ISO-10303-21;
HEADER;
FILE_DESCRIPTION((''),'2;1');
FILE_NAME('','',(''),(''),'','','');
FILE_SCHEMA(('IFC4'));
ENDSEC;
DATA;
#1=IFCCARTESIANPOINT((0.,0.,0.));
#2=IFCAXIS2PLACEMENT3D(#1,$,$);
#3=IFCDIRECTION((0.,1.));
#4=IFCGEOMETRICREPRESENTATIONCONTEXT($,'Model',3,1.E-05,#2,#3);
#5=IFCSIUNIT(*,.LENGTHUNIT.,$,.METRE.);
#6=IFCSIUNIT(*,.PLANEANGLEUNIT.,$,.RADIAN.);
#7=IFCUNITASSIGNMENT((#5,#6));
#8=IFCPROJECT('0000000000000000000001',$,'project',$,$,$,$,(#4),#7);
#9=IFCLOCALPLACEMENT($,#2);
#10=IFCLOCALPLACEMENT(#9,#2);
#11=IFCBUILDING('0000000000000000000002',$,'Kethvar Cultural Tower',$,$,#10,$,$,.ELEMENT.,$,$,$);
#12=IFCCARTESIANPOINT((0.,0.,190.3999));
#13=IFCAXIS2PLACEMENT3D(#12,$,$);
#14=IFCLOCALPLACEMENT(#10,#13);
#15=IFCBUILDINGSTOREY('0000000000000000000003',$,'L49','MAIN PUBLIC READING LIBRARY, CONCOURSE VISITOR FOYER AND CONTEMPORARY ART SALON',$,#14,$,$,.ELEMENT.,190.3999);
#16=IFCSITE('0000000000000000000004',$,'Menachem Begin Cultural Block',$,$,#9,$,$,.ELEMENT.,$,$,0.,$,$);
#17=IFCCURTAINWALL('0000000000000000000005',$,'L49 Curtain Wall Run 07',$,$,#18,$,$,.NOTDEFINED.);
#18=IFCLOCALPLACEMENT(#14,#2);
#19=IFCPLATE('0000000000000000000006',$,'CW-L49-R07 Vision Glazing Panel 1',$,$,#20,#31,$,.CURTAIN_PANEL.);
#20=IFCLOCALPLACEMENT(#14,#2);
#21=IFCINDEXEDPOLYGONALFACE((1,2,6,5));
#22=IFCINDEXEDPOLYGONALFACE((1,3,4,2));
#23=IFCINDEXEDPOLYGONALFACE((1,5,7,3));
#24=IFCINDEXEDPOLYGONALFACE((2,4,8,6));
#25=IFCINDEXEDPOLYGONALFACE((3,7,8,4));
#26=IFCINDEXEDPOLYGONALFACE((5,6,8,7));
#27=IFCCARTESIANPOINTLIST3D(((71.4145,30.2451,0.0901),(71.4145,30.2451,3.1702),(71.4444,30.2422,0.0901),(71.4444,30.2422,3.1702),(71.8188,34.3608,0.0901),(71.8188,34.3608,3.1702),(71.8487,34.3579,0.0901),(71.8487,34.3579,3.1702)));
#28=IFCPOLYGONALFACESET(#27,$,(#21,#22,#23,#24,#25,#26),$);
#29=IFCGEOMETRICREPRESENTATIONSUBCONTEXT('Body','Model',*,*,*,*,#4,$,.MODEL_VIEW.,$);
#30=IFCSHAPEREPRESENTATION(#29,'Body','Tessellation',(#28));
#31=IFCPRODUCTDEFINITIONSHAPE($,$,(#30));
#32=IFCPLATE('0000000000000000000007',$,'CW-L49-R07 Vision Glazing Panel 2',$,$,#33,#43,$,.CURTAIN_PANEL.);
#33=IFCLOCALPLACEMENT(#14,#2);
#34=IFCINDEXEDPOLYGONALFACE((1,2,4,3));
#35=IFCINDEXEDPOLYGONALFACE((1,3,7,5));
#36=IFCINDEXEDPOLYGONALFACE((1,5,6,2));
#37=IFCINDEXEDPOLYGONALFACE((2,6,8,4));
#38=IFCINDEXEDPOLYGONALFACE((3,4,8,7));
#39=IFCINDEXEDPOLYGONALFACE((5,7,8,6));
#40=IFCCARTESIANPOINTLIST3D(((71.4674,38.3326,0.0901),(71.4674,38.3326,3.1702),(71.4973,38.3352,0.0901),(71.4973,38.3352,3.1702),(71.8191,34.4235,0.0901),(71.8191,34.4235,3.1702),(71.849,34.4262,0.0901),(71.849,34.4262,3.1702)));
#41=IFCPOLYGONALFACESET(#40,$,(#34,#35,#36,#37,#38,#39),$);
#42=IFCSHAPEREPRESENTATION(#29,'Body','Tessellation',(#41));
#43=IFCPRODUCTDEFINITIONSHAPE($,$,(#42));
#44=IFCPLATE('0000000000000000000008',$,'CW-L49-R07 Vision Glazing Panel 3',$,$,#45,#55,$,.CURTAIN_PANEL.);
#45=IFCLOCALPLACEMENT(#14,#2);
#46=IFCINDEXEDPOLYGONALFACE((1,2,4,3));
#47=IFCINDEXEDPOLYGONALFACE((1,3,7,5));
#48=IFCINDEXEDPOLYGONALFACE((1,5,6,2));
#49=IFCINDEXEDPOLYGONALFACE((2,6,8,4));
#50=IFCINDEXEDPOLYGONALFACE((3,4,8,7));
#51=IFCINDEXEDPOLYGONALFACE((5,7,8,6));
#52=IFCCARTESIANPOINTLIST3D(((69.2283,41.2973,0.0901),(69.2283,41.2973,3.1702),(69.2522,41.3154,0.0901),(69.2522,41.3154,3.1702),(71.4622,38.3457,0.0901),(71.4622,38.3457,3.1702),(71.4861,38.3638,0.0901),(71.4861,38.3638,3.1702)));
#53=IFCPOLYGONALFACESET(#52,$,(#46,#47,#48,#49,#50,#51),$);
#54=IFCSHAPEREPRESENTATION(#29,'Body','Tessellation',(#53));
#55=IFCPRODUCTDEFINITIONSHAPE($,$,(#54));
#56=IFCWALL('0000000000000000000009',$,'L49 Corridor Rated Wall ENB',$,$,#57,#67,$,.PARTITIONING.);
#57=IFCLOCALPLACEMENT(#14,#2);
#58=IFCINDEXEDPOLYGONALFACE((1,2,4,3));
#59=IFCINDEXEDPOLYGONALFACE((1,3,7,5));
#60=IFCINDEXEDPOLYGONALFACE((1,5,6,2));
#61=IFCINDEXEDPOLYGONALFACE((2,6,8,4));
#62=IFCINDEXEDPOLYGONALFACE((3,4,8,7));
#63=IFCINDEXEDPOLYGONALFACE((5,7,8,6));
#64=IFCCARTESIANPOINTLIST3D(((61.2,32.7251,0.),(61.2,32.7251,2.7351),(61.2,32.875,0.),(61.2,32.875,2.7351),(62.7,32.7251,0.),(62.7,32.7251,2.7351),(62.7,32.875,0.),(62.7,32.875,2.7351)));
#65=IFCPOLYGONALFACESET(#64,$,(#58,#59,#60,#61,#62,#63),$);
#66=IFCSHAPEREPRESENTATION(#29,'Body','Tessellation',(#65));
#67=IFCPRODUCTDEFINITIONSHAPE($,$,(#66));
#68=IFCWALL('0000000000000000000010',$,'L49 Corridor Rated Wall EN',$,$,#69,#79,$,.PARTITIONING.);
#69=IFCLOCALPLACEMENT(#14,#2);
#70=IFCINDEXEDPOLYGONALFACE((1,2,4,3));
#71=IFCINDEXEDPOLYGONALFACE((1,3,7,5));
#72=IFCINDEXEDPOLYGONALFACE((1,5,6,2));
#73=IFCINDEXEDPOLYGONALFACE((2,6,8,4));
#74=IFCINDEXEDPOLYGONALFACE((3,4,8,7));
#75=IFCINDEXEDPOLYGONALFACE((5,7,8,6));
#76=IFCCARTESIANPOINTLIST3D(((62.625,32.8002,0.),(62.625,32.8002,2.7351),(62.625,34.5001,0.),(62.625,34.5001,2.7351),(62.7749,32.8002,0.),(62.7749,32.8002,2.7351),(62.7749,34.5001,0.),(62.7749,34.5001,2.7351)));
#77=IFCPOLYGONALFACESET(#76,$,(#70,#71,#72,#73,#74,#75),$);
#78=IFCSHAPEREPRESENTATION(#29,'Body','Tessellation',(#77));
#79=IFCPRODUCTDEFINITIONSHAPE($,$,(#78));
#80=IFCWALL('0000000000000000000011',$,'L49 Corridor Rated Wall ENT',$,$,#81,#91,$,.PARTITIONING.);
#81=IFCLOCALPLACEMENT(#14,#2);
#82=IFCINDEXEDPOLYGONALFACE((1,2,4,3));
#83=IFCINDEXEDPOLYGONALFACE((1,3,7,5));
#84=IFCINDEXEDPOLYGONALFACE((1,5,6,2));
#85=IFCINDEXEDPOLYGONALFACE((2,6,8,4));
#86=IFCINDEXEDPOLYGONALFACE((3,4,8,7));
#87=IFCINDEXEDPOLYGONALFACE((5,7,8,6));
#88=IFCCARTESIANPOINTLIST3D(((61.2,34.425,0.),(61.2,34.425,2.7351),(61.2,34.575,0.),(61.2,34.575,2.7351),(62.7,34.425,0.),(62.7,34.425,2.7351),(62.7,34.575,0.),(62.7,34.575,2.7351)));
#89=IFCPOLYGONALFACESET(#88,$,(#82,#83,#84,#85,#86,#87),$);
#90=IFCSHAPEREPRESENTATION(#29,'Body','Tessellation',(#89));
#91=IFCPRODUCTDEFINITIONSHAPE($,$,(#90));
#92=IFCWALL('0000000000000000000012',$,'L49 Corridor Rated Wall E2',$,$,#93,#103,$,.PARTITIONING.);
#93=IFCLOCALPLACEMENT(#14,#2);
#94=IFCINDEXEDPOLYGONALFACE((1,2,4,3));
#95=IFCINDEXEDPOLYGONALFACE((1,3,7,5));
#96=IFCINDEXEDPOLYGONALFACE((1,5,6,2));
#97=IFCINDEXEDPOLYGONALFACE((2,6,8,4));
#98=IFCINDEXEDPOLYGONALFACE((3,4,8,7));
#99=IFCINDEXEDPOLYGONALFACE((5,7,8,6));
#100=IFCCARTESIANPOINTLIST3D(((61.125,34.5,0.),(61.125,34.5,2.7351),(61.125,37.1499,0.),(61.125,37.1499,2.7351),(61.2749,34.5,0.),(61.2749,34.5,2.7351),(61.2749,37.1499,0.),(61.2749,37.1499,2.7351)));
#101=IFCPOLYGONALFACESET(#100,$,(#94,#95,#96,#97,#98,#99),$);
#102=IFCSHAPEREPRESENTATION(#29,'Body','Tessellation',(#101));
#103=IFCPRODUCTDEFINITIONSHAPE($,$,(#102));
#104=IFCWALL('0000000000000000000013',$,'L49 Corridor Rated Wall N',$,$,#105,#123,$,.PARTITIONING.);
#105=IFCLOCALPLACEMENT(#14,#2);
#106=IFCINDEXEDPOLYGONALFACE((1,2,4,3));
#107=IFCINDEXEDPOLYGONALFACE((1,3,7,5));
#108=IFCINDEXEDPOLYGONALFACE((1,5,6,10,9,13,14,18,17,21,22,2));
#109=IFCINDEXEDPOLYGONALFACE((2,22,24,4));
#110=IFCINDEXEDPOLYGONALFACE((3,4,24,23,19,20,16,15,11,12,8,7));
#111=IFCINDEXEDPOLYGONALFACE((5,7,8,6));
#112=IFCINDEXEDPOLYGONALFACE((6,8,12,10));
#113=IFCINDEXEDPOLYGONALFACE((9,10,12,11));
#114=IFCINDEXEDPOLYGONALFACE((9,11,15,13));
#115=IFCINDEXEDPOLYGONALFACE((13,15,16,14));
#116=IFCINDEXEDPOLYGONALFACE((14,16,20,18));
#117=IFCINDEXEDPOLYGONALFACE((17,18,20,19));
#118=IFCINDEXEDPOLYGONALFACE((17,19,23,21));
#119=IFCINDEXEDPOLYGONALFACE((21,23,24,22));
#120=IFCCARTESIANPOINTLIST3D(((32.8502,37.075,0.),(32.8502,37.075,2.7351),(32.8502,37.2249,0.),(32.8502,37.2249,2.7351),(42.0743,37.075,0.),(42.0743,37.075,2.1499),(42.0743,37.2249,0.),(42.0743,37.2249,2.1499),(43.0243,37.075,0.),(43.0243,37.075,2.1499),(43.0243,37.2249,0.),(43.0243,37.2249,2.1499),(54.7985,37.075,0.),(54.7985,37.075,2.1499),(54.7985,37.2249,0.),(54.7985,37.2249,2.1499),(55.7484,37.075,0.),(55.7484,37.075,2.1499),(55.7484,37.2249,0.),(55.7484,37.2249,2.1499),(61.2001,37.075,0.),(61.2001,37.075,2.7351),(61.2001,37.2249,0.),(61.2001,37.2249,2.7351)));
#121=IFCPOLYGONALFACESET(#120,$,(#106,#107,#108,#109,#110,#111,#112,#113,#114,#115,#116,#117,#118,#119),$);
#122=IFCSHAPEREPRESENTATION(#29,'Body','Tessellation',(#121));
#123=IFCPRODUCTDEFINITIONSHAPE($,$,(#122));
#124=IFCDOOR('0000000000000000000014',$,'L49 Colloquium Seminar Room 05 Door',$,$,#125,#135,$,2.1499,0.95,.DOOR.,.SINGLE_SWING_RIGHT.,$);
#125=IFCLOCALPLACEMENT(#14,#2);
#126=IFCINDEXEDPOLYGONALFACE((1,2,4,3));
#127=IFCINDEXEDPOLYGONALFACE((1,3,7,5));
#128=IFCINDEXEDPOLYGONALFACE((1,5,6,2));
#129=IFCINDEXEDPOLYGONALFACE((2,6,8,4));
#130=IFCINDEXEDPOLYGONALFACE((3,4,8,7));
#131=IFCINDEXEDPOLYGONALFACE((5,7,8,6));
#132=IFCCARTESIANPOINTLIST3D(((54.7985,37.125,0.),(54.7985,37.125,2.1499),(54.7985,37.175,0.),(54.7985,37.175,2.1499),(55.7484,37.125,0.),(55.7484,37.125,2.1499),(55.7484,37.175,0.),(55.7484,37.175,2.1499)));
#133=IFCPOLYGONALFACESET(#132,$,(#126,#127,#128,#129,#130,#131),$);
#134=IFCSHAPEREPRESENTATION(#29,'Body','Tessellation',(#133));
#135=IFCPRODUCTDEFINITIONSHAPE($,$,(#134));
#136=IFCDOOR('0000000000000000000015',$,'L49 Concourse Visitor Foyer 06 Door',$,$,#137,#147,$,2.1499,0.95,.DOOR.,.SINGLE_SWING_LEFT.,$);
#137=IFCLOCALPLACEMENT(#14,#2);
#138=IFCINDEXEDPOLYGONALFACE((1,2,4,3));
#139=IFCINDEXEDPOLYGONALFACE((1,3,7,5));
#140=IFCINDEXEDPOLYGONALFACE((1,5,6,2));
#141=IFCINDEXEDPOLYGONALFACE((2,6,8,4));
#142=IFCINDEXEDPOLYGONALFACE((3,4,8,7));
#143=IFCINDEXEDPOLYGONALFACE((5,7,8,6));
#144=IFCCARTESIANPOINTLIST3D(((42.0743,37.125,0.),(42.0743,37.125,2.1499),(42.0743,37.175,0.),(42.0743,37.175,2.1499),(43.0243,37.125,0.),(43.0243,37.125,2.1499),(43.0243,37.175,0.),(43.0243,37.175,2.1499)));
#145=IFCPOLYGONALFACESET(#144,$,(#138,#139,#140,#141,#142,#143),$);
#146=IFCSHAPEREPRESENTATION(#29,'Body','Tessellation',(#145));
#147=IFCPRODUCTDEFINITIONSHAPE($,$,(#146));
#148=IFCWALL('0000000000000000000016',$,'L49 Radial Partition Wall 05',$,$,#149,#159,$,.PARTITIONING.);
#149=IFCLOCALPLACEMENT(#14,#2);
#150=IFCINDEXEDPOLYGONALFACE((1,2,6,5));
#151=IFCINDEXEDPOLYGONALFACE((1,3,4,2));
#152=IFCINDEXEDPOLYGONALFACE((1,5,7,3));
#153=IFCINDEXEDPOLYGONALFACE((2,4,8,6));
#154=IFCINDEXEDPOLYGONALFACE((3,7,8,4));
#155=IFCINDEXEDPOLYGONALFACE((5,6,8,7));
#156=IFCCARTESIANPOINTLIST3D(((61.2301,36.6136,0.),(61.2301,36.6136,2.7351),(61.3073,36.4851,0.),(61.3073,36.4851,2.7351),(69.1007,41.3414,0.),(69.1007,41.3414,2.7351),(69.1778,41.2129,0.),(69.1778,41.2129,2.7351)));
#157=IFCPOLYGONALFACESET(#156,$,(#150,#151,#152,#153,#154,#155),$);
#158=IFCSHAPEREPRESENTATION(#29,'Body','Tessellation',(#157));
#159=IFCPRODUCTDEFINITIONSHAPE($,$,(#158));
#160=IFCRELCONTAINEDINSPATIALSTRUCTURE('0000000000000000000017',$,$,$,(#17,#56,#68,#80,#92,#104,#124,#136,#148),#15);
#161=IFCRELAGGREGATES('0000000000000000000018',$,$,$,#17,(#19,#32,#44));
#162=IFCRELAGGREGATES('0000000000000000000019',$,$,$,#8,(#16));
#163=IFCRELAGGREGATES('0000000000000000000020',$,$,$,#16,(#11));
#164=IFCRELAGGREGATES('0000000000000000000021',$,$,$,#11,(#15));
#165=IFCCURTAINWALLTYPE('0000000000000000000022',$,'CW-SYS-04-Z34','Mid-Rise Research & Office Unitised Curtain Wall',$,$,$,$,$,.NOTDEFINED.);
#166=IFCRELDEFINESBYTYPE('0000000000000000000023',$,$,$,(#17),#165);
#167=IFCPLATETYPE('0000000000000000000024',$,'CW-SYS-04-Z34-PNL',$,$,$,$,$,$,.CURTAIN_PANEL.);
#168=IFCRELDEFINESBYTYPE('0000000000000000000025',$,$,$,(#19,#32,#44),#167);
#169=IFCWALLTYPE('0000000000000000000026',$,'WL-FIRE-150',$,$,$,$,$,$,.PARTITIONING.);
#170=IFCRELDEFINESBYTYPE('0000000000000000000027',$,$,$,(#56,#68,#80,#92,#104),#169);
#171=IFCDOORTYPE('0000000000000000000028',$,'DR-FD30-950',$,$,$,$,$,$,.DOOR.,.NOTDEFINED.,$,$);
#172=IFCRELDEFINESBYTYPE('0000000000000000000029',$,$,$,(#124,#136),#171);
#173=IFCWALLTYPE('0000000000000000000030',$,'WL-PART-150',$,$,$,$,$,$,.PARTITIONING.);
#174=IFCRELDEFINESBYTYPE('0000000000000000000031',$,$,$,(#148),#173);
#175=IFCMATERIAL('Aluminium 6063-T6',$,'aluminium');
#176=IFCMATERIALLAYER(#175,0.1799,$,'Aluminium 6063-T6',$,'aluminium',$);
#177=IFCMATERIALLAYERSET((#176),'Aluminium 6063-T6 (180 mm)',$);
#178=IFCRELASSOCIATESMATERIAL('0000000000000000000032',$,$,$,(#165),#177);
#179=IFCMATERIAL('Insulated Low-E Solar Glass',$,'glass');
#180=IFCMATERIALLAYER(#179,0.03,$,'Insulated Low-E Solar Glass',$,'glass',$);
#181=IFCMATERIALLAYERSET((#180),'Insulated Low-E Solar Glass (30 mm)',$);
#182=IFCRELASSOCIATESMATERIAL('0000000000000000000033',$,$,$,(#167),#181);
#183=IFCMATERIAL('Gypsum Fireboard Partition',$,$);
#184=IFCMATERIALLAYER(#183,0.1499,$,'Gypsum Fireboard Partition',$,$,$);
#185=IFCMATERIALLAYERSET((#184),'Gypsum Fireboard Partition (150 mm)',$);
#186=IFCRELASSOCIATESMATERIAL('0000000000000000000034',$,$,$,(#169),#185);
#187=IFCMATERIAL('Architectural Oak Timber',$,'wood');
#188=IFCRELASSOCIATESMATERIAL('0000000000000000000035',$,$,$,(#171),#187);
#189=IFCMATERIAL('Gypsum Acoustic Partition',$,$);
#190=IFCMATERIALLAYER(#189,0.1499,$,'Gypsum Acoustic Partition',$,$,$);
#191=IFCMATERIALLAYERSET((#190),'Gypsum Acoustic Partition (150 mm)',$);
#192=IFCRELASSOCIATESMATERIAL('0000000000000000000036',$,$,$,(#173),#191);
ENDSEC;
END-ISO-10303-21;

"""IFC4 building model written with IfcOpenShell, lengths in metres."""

from ifc_helpers import new_model, si_unit, direction, frame, frame_2d, origin, origin_2d, place, context, subcontext, project, spatial, rectangle, extrude, source, transform, mapped, material, layer, layer_set, type_object, element, fill, aggregate, save


model = new_model("IFC4")

# Units and contexts
model_context = context("Model", 3, precision=1e-05, world=origin(), true_north=direction((0.0, 1.0)))
body_context = subcontext(model_context, "Body", "Model", "MODEL_VIEW")
ifc_project = project(units=[si_unit("LENGTHUNIT", "METRE"), si_unit("PLANEANGLEUNIT", "RADIAN")], contexts=[model_context])

# Site, building, storey
site_placement = place(None, origin())
site = spatial("IfcSite", under=ifc_project, at=site_placement, Name="Menachem Begin Cultural Block", CompositionType="ELEMENT", RefElevation=0.0)
building_placement = place(site_placement, origin())
building = spatial("IfcBuilding", under=site, at=building_placement, Name="Kethvar Cultural Tower", CompositionType="ELEMENT")
storey_placement = place(building_placement, frame((0.0, 0.0, 190.3999)))
storey = spatial("IfcBuildingStorey", under=building, at=storey_placement, Name="L49", Description="MAIN PUBLIC READING LIBRARY, CONCOURSE VISITOR FOYER AND CONTEMPORARY ART SALON", CompositionType="ELEMENT", Elevation=190.3999)

# Shared definitions
ifc_material_1 = material(Name="Aluminium 6063-T6", Category="aluminium")
ifc_layer_1 = layer(ifc_material_1, 0.1799, Name="Aluminium 6063-T6", Category="aluminium")
ifc_layer_set_1 = layer_set([ifc_layer_1], Name="Aluminium 6063-T6 (180 mm)")
curtain_wall_type = type_object("IfcCurtainWallType", Name="CW-SYS-04-Z34", Description="Mid-Rise Research & Office Unitised Curtain Wall", PredefinedType="NOTDEFINED", material=ifc_layer_set_1)

# Curtain wall, plates
curtain_wall_1_placement = place(storey_placement, origin())
curtain_wall_1 = element("IfcCurtainWall", 1, at=curtain_wall_1_placement, inside=storey, type_object=curtain_wall_type, Name="L49 Curtain Wall Run 07", PredefinedType="NOTDEFINED")
ifc_material_2 = material(Name="Insulated Low-E Solar Glass", Category="glass")
ifc_layer_2 = layer(ifc_material_2, 0.03, Name="Insulated Low-E Solar Glass", Category="glass")
ifc_layer_set_2 = layer_set([ifc_layer_2], Name="Insulated Low-E Solar Glass (30 mm)")
plate_type = type_object("IfcPlateType", Name="CW-SYS-04-Z34-PNL", PredefinedType="CURTAIN_PANEL", material=ifc_layer_set_2)
shared_shape_1 = source(origin(), body_context, "Body", "SweptSolid", [
    extrude(rectangle(XDim=4.1355, YDim=0.03, at=origin_2d()), origin(), (0.0, 0.0, 1.0), 3.0801),
])
plate_1_placement = place(storey_placement, frame((71.6316, 32.3015, 0.0901), z_axis=(0.0, 0.0, 1.0), x_axis=(0.097757, 0.99521, 0.0)))
plate_1 = element("IfcPlate", 2, at=plate_1_placement, type_object=plate_type, Name="CW-L49-R07 Vision Glazing Panel 1", PredefinedType="CURTAIN_PANEL", context=body_context, shape_type="MappedRepresentation", body=[
    mapped(shared_shape_1, transform((0.0, 0.0, 0.0), scale=1.0)),
])
shared_shape_2 = source(origin(), body_context, "Body", "SweptSolid", [
    extrude(rectangle(XDim=3.9248, YDim=0.03, at=origin_2d()), origin(), (0.0, 0.0, 1.0), 3.0801),
])
plate_2_placement = place(storey_placement, frame((71.6582, 36.3794, 0.0901), z_axis=(0.0, 0.0, 1.0), x_axis=(-0.089607, 0.995977, 0.0)))
plate_2 = element("IfcPlate", 3, at=plate_2_placement, type_object=plate_type, Name="CW-L49-R07 Vision Glazing Panel 2", PredefinedType="CURTAIN_PANEL", context=body_context, shape_type="MappedRepresentation", body=[
    mapped(shared_shape_2, transform((0.0, 0.0, 0.0), scale=1.0)),
])
shared_shape_3 = source(origin(), body_context, "Body", "SweptSolid", [
    extrude(rectangle(XDim=3.7017, YDim=0.03, at=origin_2d()), origin(), (0.0, 0.0, 1.0), 3.0801),
])
plate_3_placement = place(storey_placement, frame((70.3572, 39.8306, 0.0901), z_axis=(0.0, 0.0, 1.0), x_axis=(-0.603486, 0.797373, 0.0)))
plate_3 = element("IfcPlate", 4, at=plate_3_placement, type_object=plate_type, Name="CW-L49-R07 Vision Glazing Panel 3", PredefinedType="CURTAIN_PANEL", context=body_context, shape_type="MappedRepresentation", body=[
    mapped(shared_shape_3, transform((0.0, 0.0, 0.0), scale=1.0)),
])
aggregate(curtain_wall_1, [plate_1, plate_2, plate_3])

# Walls
ifc_material_3 = material(Name="Gypsum Fireboard Partition")
ifc_layer_3 = layer(ifc_material_3, 0.1499, Name="Gypsum Fireboard Partition")
ifc_layer_set_3 = layer_set([ifc_layer_3], Name="Gypsum Fireboard Partition (150 mm)")
wall_type_1 = type_object("IfcWallType", Name="WL-FIRE-150", PredefinedType="PARTITIONING", material=ifc_layer_set_3)
wall_1_placement = place(storey_placement, frame((61.2, 32.8, 0.0), z_axis=(0.0, 0.0, 1.0), x_axis=(1.0, 0.0, 0.0)))
element("IfcWall", 5, at=wall_1_placement, inside=storey, type_object=wall_type_1, Name="L49 Corridor Rated Wall ENB", PredefinedType="PARTITIONING", context=body_context, shape_type="SweptSolid", body=[
    extrude(rectangle(XDim=1.5, YDim=0.1499, at=frame_2d((0.75, 0.0))), origin(), (0.0, 0.0, 1.0), 2.7351),
])
wall_2_placement = place(storey_placement, frame((62.7, 32.8, 0.0), z_axis=(0.0, 0.0, 1.0), x_axis=(0.0, 1.0, 0.0)))
element("IfcWall", 6, at=wall_2_placement, inside=storey, type_object=wall_type_1, Name="L49 Corridor Rated Wall EN", PredefinedType="PARTITIONING", context=body_context, shape_type="SweptSolid", body=[
    extrude(rectangle(XDim=1.7, YDim=0.1499, at=frame_2d((0.8501, 0.0))), origin(), (0.0, 0.0, 1.0), 2.7351),
])
wall_3_placement = place(storey_placement, frame((62.7, 34.5, 0.0), z_axis=(0.0, 0.0, 1.0), x_axis=(-1.0, 0.0, 0.0)))
element("IfcWall", 7, at=wall_3_placement, inside=storey, type_object=wall_type_1, Name="L49 Corridor Rated Wall ENT", PredefinedType="PARTITIONING", context=body_context, shape_type="SweptSolid", body=[
    extrude(rectangle(XDim=1.5, YDim=0.1499, at=frame_2d((0.75, 0.0))), origin(), (0.0, 0.0, 1.0), 2.7351),
])
wall_4_placement = place(storey_placement, frame((61.2, 34.5, 0.0), z_axis=(0.0, 0.0, 1.0), x_axis=(0.0, 1.0, 0.0)))
element("IfcWall", 8, at=wall_4_placement, inside=storey, type_object=wall_type_1, Name="L49 Corridor Rated Wall E2", PredefinedType="PARTITIONING", context=body_context, shape_type="SweptSolid", body=[
    extrude(rectangle(XDim=2.6499, YDim=0.1499, at=frame_2d((1.325, 0.0))), origin(), (0.0, 0.0, 1.0), 2.7351),
])

# Wall, openings, doors
wall_5_placement = place(storey_placement, frame((61.2, 37.1499, 0.0), z_axis=(0.0, 0.0, 1.0), x_axis=(-1.0, 0.0, 0.0)))
wall_5 = element("IfcWall", 9, at=wall_5_placement, inside=storey, type_object=wall_type_1, Name="L49 Corridor Rated Wall N", PredefinedType="PARTITIONING", context=body_context, shape_type="SweptSolid", body=[
    extrude(rectangle(XDim=28.3499, YDim=0.1499, at=frame_2d((14.1748, 0.0))), origin(), (0.0, 0.0, 1.0), 2.7351),
])
opening_1_placement = place(wall_5_placement, frame((5.4514, 0.0, 0.0)))
opening_1 = element("IfcOpeningElement", 10, at=opening_1_placement, cuts=wall_5, PredefinedType="OPENING", context=body_context, shape_type="SweptSolid", body=[
    extrude(rectangle(XDim=0.95, YDim=2.1499, at=frame_2d((0.4751, 1.075))), frame((0.0, 0.085, 0.0), z_axis=(0.0, -1.0, 0.0), x_axis=(1.0, 0.0, 0.0)), (0.0, 0.0, 1.0), 0.1699),
])
opening_2_placement = place(wall_5_placement, frame((18.1755, 0.0, 0.0)))
opening_2 = element("IfcOpeningElement", 11, at=opening_2_placement, cuts=wall_5, PredefinedType="OPENING", context=body_context, shape_type="SweptSolid", body=[
    extrude(rectangle(XDim=0.95, YDim=2.1499, at=frame_2d((0.4751, 1.075))), frame((0.0, 0.085, 0.0), z_axis=(0.0, -1.0, 0.0), x_axis=(1.0, 0.0, 0.0)), (0.0, 0.0, 1.0), 0.1699),
])
ifc_material_4 = material(Name="Architectural Oak Timber", Category="wood")
door_type = type_object("IfcDoorType", Name="DR-FD30-950", OperationType="NOTDEFINED", PredefinedType="DOOR", material=ifc_material_4)
shared_shape_4 = source(origin(), body_context, "Body", "SweptSolid", [
    extrude(rectangle(XDim=0.95, YDim=2.1499, at=frame_2d((0.4751, 1.075))), frame((0.0, 0.0249, 0.0), z_axis=(0.0, -1.0, 0.0), x_axis=(1.0, 0.0, 0.0)), (0.0, 0.0, 1.0), 0.05),
])
door_1_placement = place(opening_1_placement, origin())
door_1 = element("IfcDoor", 12, at=door_1_placement, inside=storey, type_object=door_type, Name="L49 Colloquium Seminar Room 05 Door", OperationType="SINGLE_SWING_RIGHT", OverallHeight=2.1499, OverallWidth=0.95, PredefinedType="DOOR", context=body_context, shape_type="MappedRepresentation", body=[
    mapped(shared_shape_4, transform((0.0, 0.0, 0.0), scale=1.0)),
])
fill(opening_1, door_1)
door_2_placement = place(opening_2_placement, origin())
door_2 = element("IfcDoor", 13, at=door_2_placement, inside=storey, type_object=door_type, Name="L49 Concourse Visitor Foyer 06 Door", OperationType="SINGLE_SWING_LEFT", OverallHeight=2.1499, OverallWidth=0.95, PredefinedType="DOOR", context=body_context, shape_type="MappedRepresentation", body=[
    mapped(shared_shape_4, transform((0.0, 0.0, 0.0), scale=1.0)),
])
fill(opening_2, door_2)

# Wall
ifc_material_5 = material(Name="Gypsum Acoustic Partition")
ifc_layer_4 = layer(ifc_material_5, 0.1499, Name="Gypsum Acoustic Partition")
ifc_layer_set_4 = layer_set([ifc_layer_4], Name="Gypsum Acoustic Partition (150 mm)")
wall_type_2 = type_object("IfcWallType", Name="WL-PART-150", PredefinedType="PARTITIONING", material=ifc_layer_set_4)
wall_6_placement = place(storey_placement, frame((61.2686, 36.5493, 0.0), z_axis=(0.0, 0.0, 1.0), x_axis=(0.857232, 0.51493, 0.0)))
element("IfcWall", 14, at=wall_6_placement, inside=storey, type_object=wall_type_2, Name="L49 Radial Partition Wall 05", PredefinedType="PARTITIONING", context=body_context, shape_type="SweptSolid", body=[
    extrude(rectangle(XDim=9.1814, YDim=0.1499, at=frame_2d((4.5908, 0.0))), origin(), (0.0, 0.0, 1.0), 2.7351),
])

save(model, "model.ifc")
